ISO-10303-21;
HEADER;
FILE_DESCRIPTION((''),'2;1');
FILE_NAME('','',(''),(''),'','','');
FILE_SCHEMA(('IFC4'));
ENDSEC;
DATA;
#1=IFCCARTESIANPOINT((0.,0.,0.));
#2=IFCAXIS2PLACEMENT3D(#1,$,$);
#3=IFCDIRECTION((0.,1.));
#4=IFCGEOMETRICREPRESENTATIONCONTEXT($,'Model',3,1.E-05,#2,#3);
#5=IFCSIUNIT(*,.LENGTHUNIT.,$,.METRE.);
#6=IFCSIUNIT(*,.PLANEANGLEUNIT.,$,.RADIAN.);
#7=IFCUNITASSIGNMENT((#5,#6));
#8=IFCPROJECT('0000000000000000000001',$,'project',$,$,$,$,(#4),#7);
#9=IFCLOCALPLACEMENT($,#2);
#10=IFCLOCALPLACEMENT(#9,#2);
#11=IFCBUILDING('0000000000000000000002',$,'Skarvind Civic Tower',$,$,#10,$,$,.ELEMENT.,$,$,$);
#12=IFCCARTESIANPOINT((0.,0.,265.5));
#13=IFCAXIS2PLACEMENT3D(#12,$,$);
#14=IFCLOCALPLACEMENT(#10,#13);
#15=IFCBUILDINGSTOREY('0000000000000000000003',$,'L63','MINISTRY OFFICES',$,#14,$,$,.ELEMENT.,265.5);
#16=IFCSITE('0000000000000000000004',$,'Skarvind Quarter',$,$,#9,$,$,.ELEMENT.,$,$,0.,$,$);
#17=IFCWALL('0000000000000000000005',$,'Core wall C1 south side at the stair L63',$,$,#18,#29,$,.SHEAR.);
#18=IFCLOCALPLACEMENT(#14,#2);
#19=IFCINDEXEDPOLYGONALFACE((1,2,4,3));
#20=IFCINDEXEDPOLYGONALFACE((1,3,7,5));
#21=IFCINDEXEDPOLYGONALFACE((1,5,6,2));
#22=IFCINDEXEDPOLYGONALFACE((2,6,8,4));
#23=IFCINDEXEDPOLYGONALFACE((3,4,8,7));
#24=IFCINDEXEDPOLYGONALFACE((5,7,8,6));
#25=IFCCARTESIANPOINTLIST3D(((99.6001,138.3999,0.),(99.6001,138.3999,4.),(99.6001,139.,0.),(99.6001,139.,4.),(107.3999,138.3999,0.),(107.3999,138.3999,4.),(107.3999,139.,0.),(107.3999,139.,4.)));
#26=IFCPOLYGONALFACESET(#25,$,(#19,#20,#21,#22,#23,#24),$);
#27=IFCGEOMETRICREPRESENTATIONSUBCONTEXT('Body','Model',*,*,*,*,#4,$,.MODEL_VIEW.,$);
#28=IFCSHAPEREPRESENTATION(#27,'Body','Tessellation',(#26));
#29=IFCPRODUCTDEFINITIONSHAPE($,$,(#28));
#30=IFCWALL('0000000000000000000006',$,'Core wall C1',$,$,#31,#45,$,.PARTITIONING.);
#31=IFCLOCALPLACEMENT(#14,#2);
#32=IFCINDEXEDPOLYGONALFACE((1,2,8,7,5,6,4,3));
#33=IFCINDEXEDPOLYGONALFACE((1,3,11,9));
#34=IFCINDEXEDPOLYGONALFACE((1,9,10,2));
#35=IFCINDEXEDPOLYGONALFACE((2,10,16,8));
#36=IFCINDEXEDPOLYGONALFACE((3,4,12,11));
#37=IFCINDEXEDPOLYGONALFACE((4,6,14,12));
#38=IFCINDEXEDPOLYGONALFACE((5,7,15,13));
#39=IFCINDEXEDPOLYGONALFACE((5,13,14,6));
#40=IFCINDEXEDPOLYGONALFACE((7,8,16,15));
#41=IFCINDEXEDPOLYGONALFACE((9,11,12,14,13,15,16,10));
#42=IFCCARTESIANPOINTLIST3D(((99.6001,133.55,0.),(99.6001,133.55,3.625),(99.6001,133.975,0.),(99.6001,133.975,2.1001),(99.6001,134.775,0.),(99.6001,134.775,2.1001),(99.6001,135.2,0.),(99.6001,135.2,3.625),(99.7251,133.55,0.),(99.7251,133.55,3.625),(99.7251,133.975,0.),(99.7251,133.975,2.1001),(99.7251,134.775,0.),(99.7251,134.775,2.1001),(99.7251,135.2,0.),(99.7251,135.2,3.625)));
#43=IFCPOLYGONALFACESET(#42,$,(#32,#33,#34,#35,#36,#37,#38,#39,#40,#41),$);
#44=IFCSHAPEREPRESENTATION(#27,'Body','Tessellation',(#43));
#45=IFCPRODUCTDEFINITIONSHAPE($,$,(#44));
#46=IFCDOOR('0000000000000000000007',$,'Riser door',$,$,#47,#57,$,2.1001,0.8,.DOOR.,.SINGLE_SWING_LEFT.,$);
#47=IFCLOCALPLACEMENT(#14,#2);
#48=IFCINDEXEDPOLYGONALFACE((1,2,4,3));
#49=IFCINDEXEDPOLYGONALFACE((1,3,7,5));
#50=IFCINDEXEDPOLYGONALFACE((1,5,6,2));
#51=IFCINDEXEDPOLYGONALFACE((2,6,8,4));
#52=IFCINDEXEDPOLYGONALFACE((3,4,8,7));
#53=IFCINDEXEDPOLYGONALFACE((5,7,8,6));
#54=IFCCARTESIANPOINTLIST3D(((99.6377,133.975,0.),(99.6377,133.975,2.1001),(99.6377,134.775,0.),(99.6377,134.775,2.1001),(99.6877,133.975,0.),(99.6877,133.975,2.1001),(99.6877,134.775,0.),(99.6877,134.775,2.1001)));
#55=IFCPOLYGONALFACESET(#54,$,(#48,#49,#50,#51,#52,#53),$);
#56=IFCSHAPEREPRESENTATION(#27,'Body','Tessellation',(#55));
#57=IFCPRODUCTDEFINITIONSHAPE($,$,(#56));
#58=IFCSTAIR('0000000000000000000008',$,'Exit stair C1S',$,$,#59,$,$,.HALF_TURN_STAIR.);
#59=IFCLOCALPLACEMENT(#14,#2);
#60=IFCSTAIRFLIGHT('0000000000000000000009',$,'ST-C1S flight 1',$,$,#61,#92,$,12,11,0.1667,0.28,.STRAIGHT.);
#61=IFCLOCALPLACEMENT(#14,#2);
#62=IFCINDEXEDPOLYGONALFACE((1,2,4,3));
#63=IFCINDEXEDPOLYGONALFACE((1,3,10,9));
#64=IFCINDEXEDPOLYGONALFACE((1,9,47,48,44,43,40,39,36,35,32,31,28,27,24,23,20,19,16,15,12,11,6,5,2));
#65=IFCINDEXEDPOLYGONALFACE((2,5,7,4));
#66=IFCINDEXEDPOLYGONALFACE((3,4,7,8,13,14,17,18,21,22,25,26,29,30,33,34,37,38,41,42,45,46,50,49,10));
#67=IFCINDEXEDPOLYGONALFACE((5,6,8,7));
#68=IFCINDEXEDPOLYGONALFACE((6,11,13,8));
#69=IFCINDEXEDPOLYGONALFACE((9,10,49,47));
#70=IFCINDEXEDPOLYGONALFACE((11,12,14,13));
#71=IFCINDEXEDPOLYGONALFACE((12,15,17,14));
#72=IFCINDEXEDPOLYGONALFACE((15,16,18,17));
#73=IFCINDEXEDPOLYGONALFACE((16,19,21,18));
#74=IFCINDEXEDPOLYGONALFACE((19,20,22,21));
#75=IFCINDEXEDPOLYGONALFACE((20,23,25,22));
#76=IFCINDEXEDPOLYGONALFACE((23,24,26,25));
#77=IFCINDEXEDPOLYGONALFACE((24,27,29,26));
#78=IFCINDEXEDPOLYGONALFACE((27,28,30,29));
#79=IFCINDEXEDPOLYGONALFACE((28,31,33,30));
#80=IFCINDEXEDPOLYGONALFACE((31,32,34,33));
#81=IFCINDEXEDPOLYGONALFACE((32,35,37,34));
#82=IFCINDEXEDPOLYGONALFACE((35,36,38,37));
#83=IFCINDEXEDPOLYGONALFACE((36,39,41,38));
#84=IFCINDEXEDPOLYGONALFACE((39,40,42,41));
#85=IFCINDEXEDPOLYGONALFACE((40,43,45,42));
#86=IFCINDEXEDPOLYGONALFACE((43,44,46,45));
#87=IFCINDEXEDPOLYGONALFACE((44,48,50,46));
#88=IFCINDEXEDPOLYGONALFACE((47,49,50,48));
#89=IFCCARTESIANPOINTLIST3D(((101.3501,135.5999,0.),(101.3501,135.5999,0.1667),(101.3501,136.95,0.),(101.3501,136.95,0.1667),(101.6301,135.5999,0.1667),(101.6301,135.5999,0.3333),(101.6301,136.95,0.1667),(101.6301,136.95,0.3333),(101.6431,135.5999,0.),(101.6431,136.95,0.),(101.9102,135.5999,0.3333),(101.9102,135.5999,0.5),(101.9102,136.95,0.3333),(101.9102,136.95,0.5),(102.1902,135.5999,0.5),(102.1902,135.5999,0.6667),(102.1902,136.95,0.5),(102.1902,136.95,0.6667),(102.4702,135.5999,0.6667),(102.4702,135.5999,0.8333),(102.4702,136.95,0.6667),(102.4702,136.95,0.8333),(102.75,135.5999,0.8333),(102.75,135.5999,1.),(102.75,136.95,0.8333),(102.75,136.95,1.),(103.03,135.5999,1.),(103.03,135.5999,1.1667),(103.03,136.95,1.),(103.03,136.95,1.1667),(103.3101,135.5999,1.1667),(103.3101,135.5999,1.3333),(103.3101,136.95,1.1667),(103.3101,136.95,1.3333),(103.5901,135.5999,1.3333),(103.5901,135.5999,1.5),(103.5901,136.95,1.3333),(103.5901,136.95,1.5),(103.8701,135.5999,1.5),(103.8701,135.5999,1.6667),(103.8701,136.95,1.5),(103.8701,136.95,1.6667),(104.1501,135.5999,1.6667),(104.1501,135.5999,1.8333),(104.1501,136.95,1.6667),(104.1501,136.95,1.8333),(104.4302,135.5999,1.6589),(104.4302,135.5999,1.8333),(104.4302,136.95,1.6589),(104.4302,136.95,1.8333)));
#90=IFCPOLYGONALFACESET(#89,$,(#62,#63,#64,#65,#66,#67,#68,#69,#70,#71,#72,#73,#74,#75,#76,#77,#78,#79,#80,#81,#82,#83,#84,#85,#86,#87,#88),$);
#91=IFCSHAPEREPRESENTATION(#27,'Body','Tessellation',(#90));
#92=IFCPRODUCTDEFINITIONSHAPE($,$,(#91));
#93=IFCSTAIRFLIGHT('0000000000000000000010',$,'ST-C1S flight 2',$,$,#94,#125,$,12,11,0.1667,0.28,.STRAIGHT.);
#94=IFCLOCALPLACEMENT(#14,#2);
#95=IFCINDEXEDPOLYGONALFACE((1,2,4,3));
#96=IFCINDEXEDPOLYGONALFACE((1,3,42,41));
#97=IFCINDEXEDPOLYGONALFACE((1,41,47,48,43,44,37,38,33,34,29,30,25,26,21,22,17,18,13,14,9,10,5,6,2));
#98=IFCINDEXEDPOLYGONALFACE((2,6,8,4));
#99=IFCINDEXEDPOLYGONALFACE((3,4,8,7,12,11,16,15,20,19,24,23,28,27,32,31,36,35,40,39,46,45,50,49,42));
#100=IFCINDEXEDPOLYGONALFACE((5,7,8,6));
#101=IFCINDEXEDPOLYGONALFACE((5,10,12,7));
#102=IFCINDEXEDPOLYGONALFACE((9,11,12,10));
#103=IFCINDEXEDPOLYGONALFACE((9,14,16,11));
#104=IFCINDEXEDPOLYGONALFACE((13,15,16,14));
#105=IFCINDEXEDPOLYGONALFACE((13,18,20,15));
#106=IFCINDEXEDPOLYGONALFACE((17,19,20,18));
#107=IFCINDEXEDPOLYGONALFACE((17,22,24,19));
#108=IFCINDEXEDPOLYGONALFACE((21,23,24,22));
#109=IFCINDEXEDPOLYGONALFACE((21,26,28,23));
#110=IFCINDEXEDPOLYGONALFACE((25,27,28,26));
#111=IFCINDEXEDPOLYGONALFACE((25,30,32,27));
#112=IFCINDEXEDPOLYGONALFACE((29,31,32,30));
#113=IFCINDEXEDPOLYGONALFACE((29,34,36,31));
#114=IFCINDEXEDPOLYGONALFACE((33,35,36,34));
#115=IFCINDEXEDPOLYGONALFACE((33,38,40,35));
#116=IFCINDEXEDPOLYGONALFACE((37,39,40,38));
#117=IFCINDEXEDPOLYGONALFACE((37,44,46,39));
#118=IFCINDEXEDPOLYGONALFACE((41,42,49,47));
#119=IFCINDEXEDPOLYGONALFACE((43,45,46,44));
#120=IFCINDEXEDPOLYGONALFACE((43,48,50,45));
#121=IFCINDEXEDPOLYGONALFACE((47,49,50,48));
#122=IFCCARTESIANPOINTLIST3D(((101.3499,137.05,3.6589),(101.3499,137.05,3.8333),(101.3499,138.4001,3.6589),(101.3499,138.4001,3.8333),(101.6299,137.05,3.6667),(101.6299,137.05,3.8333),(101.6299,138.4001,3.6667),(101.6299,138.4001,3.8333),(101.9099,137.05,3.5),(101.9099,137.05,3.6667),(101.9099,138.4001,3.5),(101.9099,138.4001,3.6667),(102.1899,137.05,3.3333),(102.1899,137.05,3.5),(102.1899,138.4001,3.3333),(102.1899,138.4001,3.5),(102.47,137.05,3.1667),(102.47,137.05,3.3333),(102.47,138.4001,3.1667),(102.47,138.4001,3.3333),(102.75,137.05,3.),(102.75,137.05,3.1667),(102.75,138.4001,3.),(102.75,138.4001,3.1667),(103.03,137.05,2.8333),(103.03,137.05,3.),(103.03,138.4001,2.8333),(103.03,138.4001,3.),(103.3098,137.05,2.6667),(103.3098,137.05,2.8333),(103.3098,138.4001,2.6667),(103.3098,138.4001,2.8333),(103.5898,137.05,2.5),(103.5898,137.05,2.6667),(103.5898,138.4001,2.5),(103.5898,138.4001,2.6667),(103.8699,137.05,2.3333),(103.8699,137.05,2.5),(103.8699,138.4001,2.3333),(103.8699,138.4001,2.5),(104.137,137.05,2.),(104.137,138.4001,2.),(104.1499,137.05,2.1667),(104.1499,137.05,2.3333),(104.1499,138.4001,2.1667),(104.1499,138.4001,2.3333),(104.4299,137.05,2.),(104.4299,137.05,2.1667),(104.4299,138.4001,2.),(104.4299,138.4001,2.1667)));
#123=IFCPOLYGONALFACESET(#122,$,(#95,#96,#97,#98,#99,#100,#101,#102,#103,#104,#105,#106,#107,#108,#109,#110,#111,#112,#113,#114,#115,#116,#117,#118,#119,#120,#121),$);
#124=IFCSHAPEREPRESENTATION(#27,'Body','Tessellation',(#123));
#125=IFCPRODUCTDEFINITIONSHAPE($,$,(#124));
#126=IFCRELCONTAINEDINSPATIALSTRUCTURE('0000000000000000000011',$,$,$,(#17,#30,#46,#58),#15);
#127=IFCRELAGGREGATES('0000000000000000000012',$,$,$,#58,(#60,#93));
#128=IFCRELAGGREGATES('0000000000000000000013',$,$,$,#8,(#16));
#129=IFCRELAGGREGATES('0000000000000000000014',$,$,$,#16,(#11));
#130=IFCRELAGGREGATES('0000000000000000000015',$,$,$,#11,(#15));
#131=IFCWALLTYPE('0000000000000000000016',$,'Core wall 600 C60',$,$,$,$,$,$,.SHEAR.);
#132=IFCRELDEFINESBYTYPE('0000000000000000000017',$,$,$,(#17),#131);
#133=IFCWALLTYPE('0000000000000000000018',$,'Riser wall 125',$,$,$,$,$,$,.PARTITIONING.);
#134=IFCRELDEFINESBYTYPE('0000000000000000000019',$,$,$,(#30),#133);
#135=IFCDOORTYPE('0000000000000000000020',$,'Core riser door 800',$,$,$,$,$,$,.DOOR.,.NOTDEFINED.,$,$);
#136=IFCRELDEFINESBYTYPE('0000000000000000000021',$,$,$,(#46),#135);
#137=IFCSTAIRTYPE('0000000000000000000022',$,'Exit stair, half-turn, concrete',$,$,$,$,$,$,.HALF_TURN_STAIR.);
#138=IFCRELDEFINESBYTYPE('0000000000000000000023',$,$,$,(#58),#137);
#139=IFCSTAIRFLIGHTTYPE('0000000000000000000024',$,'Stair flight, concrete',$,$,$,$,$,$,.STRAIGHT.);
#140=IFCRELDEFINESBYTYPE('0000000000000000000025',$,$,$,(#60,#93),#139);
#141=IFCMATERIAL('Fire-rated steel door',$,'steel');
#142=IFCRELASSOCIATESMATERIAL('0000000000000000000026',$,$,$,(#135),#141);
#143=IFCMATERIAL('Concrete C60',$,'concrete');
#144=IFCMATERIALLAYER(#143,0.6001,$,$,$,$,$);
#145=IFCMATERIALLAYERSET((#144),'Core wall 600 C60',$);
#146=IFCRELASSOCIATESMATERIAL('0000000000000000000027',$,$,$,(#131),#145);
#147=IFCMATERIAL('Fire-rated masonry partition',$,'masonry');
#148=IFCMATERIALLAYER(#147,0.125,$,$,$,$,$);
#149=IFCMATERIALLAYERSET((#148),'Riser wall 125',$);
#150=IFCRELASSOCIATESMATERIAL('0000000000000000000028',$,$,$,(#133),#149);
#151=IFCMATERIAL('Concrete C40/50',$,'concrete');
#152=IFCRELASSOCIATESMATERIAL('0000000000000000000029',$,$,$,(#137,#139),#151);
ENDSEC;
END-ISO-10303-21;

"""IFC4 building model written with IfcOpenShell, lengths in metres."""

from ifc_helpers import new_model, si_unit, direction, frame, frame_2d, origin, place, context, subcontext, project, spatial, polyline, rectangle, outline, extrude, material, layer, layer_set, type_object, element, fill, aggregate, save


model = new_model("IFC4")

# Units and contexts
model_context = context("Model", 3, precision=1e-05, world=origin(), true_north=direction((0.0, 1.0)))
body_context = subcontext(model_context, "Body", "Model", "MODEL_VIEW")
ifc_project = project(units=[si_unit("LENGTHUNIT", "METRE"), si_unit("PLANEANGLEUNIT", "RADIAN")], contexts=[model_context])

# Site, building, storey
site_placement = place(None, origin())
site = spatial("IfcSite", under=ifc_project, at=site_placement, Name="Skarvind Quarter", CompositionType="ELEMENT", RefElevation=0.0)
building_placement = place(site_placement, origin())
building = spatial("IfcBuilding", under=site, at=building_placement, Name="Skarvind Civic Tower", CompositionType="ELEMENT")
storey_placement = place(building_placement, frame((0.0, 0.0, 265.5)))
storey = spatial("IfcBuildingStorey", under=building, at=storey_placement, Name="L63", Description="MINISTRY OFFICES", CompositionType="ELEMENT", Elevation=265.5)

# Shared definitions
ifc_material_1 = material(Name="Concrete C60", Category="concrete")
ifc_material_2 = material(Name="Fire-rated steel door", Category="steel")
door_type_1 = type_object("IfcDoorType", Name="Core riser door 800", OperationType="NOTDEFINED", PredefinedType="DOOR", material=ifc_material_2)

# Wall
ifc_layer_1 = layer(ifc_material_1, 0.6001)
ifc_layer_set_1 = layer_set([ifc_layer_1], Name="Core wall 600 C60")
wall_type_1 = type_object("IfcWallType", Name="Core wall 600 C60", PredefinedType="SHEAR", material=ifc_layer_set_1)
wall_1_placement = place(storey_placement, frame((107.3999, 138.7, 0.0), z_axis=(0.0, 0.0, 1.0), x_axis=(-1.0, 0.0, 0.0)))
element("IfcWall", 1, at=wall_1_placement, inside=storey, type_object=wall_type_1, Name="Core wall C1 south side at the stair L63", PredefinedType="SHEAR", context=body_context, shape_type="SweptSolid", body=[
    extrude(rectangle(XDim=7.7998, YDim=0.6001, at=frame_2d((3.8999, 0.0))), origin(), (0.0, 0.0, 1.0), 4.0),
])

# Wall, opening, door
ifc_material_3 = material(Name="Fire-rated masonry partition", Category="masonry")
ifc_layer_2 = layer(ifc_material_3, 0.125)
ifc_layer_set_2 = layer_set([ifc_layer_2], Name="Riser wall 125")
wall_type_2 = type_object("IfcWallType", Name="Riser wall 125", PredefinedType="PARTITIONING", material=ifc_layer_set_2)
wall_2_placement = place(storey_placement, frame((99.6626, 133.55, 0.0), z_axis=(0.0, 0.0, 1.0), x_axis=(0.0, 1.0, 0.0)))
wall_2 = element("IfcWall", 2, at=wall_2_placement, inside=storey, type_object=wall_type_2, Name="Core wall C1", PredefinedType="PARTITIONING", context=body_context, shape_type="SweptSolid", body=[
    extrude(rectangle(XDim=1.6499, YDim=0.125, at=frame_2d((0.825, 0.0))), origin(), (0.0, 0.0, 1.0), 3.625),
])
opening_1_placement = place(wall_2_placement, frame((0.425, 0.0, 0.0)))
opening_1 = element("IfcOpeningElement", 3, at=opening_1_placement, cuts=wall_2, PredefinedType="OPENING", context=body_context, shape_type="SweptSolid", body=[
    extrude(rectangle(XDim=0.8, YDim=2.1001, at=frame_2d((0.3999, 1.05))), frame((0.0, 0.0725, 0.0), z_axis=(0.0, -1.0, 0.0), x_axis=(1.0, 0.0, 0.0)), (0.0, 0.0, 1.0), 0.145),
])
door_1_placement = place(opening_1_placement, origin())
door_1 = element("IfcDoor", 4, at=door_1_placement, inside=storey, type_object=door_type_1, Name="Riser door", OperationType="SINGLE_SWING_LEFT", OverallHeight=2.1001, OverallWidth=0.8, PredefinedType="DOOR", context=body_context, shape_type="SweptSolid", body=[
    extrude(rectangle(XDim=0.8, YDim=2.1001, at=frame_2d((0.3999, 1.05))), frame((0.0, 0.0249, 0.0), z_axis=(0.0, -1.0, 0.0), x_axis=(1.0, 0.0, 0.0)), (0.0, 0.0, 1.0), 0.05),
])
fill(opening_1, door_1)

# Stair, stair flights
ifc_material_4 = material(Name="Concrete C40/50", Category="concrete")
stair_type = type_object("IfcStairType", Name="Exit stair, half-turn, concrete", PredefinedType="HALF_TURN_STAIR", material=ifc_material_4)
stair_placement = place(storey_placement, origin())
stair = element("IfcStair", 5, at=stair_placement, inside=storey, type_object=stair_type, Name="Exit stair C1S", PredefinedType="HALF_TURN_STAIR")
stair_flight_type = type_object("IfcStairFlightType", Name="Stair flight, concrete", PredefinedType="STRAIGHT", material=ifc_material_4)
stair_flight_1_placement = place(storey_placement, frame((101.3501, 136.2749, 0.0), z_axis=(0.0, 0.0, 1.0), x_axis=(1.0, 0.0, 0.0)))
stair_flight_1 = element("IfcStairFlight", 6, at=stair_flight_1_placement, type_object=stair_flight_type, Name="ST-C1S flight 1", NumberOfRisers=12, NumberOfTreads=11, PredefinedType="STRAIGHT", RiserHeight=0.1667, TreadLength=0.28, context=body_context, shape_type="SweptSolid", body=[
    extrude(outline(polyline([(0.0, 0.0), (0.0, 0.1667), (0.28, 0.1667), (0.28, 0.3333), (0.5601, 0.3333), (0.5601, 0.5), (0.8401, 0.5), (0.8401, 0.6667), (1.1201, 0.6667), (1.1201, 0.8333), (1.3999, 0.8333), (1.3999, 1.0), (1.6799, 1.0), (1.6799, 1.1667), (1.96, 1.1667), (1.96, 1.3333), (2.24, 1.3333), (2.24, 1.5), (2.52, 1.5), (2.52, 1.6667), (2.8, 1.6667), (2.8, 1.8333), (3.0801, 1.8333), (3.0801, 2.0), (3.0801, 1.6589), (0.293, 0.0), (0.0, 0.0)])), frame((0.0, 0.675, 0.0), z_axis=(0.0, -1.0, 0.0), x_axis=(1.0, 0.0, 0.0)), (0.0, 0.0, 1.0), 1.3501),
])
stair_flight_2_placement = place(storey_placement, frame((104.4299, 137.7251, 2.0), z_axis=(0.0, 0.0, 1.0), x_axis=(-1.0, 0.0, 0.0)))
stair_flight_2 = element("IfcStairFlight", 7, at=stair_flight_2_placement, type_object=stair_flight_type, Name="ST-C1S flight 2", NumberOfRisers=12, NumberOfTreads=11, PredefinedType="STRAIGHT", RiserHeight=0.1667, TreadLength=0.28, context=body_context, shape_type="SweptSolid", body=[
    extrude(outline(polyline([(0.0, 0.0), (0.0, 0.1667), (0.28, 0.1667), (0.28, 0.3333), (0.5601, 0.3333), (0.5601, 0.5), (0.8401, 0.5), (0.8401, 0.6667), (1.1201, 0.6667), (1.1201, 0.8333), (1.3999, 0.8333), (1.3999, 1.0), (1.6799, 1.0), (1.6799, 1.1667), (1.96, 1.1667), (1.96, 1.3333), (2.24, 1.3333), (2.24, 1.5), (2.52, 1.5), (2.52, 1.6667), (2.8, 1.6667), (2.8, 1.8333), (3.0801, 1.8333), (3.0801, 2.0), (3.0801, 1.6589), (0.293, 0.0), (0.0, 0.0)])), frame((0.0, 0.675, 0.0), z_axis=(0.0, -1.0, 0.0), x_axis=(1.0, 0.0, 0.0)), (0.0, 0.0, 1.0), 1.3501),
])
aggregate(stair, [stair_flight_1, stair_flight_2])

save(model, "model.ifc")
